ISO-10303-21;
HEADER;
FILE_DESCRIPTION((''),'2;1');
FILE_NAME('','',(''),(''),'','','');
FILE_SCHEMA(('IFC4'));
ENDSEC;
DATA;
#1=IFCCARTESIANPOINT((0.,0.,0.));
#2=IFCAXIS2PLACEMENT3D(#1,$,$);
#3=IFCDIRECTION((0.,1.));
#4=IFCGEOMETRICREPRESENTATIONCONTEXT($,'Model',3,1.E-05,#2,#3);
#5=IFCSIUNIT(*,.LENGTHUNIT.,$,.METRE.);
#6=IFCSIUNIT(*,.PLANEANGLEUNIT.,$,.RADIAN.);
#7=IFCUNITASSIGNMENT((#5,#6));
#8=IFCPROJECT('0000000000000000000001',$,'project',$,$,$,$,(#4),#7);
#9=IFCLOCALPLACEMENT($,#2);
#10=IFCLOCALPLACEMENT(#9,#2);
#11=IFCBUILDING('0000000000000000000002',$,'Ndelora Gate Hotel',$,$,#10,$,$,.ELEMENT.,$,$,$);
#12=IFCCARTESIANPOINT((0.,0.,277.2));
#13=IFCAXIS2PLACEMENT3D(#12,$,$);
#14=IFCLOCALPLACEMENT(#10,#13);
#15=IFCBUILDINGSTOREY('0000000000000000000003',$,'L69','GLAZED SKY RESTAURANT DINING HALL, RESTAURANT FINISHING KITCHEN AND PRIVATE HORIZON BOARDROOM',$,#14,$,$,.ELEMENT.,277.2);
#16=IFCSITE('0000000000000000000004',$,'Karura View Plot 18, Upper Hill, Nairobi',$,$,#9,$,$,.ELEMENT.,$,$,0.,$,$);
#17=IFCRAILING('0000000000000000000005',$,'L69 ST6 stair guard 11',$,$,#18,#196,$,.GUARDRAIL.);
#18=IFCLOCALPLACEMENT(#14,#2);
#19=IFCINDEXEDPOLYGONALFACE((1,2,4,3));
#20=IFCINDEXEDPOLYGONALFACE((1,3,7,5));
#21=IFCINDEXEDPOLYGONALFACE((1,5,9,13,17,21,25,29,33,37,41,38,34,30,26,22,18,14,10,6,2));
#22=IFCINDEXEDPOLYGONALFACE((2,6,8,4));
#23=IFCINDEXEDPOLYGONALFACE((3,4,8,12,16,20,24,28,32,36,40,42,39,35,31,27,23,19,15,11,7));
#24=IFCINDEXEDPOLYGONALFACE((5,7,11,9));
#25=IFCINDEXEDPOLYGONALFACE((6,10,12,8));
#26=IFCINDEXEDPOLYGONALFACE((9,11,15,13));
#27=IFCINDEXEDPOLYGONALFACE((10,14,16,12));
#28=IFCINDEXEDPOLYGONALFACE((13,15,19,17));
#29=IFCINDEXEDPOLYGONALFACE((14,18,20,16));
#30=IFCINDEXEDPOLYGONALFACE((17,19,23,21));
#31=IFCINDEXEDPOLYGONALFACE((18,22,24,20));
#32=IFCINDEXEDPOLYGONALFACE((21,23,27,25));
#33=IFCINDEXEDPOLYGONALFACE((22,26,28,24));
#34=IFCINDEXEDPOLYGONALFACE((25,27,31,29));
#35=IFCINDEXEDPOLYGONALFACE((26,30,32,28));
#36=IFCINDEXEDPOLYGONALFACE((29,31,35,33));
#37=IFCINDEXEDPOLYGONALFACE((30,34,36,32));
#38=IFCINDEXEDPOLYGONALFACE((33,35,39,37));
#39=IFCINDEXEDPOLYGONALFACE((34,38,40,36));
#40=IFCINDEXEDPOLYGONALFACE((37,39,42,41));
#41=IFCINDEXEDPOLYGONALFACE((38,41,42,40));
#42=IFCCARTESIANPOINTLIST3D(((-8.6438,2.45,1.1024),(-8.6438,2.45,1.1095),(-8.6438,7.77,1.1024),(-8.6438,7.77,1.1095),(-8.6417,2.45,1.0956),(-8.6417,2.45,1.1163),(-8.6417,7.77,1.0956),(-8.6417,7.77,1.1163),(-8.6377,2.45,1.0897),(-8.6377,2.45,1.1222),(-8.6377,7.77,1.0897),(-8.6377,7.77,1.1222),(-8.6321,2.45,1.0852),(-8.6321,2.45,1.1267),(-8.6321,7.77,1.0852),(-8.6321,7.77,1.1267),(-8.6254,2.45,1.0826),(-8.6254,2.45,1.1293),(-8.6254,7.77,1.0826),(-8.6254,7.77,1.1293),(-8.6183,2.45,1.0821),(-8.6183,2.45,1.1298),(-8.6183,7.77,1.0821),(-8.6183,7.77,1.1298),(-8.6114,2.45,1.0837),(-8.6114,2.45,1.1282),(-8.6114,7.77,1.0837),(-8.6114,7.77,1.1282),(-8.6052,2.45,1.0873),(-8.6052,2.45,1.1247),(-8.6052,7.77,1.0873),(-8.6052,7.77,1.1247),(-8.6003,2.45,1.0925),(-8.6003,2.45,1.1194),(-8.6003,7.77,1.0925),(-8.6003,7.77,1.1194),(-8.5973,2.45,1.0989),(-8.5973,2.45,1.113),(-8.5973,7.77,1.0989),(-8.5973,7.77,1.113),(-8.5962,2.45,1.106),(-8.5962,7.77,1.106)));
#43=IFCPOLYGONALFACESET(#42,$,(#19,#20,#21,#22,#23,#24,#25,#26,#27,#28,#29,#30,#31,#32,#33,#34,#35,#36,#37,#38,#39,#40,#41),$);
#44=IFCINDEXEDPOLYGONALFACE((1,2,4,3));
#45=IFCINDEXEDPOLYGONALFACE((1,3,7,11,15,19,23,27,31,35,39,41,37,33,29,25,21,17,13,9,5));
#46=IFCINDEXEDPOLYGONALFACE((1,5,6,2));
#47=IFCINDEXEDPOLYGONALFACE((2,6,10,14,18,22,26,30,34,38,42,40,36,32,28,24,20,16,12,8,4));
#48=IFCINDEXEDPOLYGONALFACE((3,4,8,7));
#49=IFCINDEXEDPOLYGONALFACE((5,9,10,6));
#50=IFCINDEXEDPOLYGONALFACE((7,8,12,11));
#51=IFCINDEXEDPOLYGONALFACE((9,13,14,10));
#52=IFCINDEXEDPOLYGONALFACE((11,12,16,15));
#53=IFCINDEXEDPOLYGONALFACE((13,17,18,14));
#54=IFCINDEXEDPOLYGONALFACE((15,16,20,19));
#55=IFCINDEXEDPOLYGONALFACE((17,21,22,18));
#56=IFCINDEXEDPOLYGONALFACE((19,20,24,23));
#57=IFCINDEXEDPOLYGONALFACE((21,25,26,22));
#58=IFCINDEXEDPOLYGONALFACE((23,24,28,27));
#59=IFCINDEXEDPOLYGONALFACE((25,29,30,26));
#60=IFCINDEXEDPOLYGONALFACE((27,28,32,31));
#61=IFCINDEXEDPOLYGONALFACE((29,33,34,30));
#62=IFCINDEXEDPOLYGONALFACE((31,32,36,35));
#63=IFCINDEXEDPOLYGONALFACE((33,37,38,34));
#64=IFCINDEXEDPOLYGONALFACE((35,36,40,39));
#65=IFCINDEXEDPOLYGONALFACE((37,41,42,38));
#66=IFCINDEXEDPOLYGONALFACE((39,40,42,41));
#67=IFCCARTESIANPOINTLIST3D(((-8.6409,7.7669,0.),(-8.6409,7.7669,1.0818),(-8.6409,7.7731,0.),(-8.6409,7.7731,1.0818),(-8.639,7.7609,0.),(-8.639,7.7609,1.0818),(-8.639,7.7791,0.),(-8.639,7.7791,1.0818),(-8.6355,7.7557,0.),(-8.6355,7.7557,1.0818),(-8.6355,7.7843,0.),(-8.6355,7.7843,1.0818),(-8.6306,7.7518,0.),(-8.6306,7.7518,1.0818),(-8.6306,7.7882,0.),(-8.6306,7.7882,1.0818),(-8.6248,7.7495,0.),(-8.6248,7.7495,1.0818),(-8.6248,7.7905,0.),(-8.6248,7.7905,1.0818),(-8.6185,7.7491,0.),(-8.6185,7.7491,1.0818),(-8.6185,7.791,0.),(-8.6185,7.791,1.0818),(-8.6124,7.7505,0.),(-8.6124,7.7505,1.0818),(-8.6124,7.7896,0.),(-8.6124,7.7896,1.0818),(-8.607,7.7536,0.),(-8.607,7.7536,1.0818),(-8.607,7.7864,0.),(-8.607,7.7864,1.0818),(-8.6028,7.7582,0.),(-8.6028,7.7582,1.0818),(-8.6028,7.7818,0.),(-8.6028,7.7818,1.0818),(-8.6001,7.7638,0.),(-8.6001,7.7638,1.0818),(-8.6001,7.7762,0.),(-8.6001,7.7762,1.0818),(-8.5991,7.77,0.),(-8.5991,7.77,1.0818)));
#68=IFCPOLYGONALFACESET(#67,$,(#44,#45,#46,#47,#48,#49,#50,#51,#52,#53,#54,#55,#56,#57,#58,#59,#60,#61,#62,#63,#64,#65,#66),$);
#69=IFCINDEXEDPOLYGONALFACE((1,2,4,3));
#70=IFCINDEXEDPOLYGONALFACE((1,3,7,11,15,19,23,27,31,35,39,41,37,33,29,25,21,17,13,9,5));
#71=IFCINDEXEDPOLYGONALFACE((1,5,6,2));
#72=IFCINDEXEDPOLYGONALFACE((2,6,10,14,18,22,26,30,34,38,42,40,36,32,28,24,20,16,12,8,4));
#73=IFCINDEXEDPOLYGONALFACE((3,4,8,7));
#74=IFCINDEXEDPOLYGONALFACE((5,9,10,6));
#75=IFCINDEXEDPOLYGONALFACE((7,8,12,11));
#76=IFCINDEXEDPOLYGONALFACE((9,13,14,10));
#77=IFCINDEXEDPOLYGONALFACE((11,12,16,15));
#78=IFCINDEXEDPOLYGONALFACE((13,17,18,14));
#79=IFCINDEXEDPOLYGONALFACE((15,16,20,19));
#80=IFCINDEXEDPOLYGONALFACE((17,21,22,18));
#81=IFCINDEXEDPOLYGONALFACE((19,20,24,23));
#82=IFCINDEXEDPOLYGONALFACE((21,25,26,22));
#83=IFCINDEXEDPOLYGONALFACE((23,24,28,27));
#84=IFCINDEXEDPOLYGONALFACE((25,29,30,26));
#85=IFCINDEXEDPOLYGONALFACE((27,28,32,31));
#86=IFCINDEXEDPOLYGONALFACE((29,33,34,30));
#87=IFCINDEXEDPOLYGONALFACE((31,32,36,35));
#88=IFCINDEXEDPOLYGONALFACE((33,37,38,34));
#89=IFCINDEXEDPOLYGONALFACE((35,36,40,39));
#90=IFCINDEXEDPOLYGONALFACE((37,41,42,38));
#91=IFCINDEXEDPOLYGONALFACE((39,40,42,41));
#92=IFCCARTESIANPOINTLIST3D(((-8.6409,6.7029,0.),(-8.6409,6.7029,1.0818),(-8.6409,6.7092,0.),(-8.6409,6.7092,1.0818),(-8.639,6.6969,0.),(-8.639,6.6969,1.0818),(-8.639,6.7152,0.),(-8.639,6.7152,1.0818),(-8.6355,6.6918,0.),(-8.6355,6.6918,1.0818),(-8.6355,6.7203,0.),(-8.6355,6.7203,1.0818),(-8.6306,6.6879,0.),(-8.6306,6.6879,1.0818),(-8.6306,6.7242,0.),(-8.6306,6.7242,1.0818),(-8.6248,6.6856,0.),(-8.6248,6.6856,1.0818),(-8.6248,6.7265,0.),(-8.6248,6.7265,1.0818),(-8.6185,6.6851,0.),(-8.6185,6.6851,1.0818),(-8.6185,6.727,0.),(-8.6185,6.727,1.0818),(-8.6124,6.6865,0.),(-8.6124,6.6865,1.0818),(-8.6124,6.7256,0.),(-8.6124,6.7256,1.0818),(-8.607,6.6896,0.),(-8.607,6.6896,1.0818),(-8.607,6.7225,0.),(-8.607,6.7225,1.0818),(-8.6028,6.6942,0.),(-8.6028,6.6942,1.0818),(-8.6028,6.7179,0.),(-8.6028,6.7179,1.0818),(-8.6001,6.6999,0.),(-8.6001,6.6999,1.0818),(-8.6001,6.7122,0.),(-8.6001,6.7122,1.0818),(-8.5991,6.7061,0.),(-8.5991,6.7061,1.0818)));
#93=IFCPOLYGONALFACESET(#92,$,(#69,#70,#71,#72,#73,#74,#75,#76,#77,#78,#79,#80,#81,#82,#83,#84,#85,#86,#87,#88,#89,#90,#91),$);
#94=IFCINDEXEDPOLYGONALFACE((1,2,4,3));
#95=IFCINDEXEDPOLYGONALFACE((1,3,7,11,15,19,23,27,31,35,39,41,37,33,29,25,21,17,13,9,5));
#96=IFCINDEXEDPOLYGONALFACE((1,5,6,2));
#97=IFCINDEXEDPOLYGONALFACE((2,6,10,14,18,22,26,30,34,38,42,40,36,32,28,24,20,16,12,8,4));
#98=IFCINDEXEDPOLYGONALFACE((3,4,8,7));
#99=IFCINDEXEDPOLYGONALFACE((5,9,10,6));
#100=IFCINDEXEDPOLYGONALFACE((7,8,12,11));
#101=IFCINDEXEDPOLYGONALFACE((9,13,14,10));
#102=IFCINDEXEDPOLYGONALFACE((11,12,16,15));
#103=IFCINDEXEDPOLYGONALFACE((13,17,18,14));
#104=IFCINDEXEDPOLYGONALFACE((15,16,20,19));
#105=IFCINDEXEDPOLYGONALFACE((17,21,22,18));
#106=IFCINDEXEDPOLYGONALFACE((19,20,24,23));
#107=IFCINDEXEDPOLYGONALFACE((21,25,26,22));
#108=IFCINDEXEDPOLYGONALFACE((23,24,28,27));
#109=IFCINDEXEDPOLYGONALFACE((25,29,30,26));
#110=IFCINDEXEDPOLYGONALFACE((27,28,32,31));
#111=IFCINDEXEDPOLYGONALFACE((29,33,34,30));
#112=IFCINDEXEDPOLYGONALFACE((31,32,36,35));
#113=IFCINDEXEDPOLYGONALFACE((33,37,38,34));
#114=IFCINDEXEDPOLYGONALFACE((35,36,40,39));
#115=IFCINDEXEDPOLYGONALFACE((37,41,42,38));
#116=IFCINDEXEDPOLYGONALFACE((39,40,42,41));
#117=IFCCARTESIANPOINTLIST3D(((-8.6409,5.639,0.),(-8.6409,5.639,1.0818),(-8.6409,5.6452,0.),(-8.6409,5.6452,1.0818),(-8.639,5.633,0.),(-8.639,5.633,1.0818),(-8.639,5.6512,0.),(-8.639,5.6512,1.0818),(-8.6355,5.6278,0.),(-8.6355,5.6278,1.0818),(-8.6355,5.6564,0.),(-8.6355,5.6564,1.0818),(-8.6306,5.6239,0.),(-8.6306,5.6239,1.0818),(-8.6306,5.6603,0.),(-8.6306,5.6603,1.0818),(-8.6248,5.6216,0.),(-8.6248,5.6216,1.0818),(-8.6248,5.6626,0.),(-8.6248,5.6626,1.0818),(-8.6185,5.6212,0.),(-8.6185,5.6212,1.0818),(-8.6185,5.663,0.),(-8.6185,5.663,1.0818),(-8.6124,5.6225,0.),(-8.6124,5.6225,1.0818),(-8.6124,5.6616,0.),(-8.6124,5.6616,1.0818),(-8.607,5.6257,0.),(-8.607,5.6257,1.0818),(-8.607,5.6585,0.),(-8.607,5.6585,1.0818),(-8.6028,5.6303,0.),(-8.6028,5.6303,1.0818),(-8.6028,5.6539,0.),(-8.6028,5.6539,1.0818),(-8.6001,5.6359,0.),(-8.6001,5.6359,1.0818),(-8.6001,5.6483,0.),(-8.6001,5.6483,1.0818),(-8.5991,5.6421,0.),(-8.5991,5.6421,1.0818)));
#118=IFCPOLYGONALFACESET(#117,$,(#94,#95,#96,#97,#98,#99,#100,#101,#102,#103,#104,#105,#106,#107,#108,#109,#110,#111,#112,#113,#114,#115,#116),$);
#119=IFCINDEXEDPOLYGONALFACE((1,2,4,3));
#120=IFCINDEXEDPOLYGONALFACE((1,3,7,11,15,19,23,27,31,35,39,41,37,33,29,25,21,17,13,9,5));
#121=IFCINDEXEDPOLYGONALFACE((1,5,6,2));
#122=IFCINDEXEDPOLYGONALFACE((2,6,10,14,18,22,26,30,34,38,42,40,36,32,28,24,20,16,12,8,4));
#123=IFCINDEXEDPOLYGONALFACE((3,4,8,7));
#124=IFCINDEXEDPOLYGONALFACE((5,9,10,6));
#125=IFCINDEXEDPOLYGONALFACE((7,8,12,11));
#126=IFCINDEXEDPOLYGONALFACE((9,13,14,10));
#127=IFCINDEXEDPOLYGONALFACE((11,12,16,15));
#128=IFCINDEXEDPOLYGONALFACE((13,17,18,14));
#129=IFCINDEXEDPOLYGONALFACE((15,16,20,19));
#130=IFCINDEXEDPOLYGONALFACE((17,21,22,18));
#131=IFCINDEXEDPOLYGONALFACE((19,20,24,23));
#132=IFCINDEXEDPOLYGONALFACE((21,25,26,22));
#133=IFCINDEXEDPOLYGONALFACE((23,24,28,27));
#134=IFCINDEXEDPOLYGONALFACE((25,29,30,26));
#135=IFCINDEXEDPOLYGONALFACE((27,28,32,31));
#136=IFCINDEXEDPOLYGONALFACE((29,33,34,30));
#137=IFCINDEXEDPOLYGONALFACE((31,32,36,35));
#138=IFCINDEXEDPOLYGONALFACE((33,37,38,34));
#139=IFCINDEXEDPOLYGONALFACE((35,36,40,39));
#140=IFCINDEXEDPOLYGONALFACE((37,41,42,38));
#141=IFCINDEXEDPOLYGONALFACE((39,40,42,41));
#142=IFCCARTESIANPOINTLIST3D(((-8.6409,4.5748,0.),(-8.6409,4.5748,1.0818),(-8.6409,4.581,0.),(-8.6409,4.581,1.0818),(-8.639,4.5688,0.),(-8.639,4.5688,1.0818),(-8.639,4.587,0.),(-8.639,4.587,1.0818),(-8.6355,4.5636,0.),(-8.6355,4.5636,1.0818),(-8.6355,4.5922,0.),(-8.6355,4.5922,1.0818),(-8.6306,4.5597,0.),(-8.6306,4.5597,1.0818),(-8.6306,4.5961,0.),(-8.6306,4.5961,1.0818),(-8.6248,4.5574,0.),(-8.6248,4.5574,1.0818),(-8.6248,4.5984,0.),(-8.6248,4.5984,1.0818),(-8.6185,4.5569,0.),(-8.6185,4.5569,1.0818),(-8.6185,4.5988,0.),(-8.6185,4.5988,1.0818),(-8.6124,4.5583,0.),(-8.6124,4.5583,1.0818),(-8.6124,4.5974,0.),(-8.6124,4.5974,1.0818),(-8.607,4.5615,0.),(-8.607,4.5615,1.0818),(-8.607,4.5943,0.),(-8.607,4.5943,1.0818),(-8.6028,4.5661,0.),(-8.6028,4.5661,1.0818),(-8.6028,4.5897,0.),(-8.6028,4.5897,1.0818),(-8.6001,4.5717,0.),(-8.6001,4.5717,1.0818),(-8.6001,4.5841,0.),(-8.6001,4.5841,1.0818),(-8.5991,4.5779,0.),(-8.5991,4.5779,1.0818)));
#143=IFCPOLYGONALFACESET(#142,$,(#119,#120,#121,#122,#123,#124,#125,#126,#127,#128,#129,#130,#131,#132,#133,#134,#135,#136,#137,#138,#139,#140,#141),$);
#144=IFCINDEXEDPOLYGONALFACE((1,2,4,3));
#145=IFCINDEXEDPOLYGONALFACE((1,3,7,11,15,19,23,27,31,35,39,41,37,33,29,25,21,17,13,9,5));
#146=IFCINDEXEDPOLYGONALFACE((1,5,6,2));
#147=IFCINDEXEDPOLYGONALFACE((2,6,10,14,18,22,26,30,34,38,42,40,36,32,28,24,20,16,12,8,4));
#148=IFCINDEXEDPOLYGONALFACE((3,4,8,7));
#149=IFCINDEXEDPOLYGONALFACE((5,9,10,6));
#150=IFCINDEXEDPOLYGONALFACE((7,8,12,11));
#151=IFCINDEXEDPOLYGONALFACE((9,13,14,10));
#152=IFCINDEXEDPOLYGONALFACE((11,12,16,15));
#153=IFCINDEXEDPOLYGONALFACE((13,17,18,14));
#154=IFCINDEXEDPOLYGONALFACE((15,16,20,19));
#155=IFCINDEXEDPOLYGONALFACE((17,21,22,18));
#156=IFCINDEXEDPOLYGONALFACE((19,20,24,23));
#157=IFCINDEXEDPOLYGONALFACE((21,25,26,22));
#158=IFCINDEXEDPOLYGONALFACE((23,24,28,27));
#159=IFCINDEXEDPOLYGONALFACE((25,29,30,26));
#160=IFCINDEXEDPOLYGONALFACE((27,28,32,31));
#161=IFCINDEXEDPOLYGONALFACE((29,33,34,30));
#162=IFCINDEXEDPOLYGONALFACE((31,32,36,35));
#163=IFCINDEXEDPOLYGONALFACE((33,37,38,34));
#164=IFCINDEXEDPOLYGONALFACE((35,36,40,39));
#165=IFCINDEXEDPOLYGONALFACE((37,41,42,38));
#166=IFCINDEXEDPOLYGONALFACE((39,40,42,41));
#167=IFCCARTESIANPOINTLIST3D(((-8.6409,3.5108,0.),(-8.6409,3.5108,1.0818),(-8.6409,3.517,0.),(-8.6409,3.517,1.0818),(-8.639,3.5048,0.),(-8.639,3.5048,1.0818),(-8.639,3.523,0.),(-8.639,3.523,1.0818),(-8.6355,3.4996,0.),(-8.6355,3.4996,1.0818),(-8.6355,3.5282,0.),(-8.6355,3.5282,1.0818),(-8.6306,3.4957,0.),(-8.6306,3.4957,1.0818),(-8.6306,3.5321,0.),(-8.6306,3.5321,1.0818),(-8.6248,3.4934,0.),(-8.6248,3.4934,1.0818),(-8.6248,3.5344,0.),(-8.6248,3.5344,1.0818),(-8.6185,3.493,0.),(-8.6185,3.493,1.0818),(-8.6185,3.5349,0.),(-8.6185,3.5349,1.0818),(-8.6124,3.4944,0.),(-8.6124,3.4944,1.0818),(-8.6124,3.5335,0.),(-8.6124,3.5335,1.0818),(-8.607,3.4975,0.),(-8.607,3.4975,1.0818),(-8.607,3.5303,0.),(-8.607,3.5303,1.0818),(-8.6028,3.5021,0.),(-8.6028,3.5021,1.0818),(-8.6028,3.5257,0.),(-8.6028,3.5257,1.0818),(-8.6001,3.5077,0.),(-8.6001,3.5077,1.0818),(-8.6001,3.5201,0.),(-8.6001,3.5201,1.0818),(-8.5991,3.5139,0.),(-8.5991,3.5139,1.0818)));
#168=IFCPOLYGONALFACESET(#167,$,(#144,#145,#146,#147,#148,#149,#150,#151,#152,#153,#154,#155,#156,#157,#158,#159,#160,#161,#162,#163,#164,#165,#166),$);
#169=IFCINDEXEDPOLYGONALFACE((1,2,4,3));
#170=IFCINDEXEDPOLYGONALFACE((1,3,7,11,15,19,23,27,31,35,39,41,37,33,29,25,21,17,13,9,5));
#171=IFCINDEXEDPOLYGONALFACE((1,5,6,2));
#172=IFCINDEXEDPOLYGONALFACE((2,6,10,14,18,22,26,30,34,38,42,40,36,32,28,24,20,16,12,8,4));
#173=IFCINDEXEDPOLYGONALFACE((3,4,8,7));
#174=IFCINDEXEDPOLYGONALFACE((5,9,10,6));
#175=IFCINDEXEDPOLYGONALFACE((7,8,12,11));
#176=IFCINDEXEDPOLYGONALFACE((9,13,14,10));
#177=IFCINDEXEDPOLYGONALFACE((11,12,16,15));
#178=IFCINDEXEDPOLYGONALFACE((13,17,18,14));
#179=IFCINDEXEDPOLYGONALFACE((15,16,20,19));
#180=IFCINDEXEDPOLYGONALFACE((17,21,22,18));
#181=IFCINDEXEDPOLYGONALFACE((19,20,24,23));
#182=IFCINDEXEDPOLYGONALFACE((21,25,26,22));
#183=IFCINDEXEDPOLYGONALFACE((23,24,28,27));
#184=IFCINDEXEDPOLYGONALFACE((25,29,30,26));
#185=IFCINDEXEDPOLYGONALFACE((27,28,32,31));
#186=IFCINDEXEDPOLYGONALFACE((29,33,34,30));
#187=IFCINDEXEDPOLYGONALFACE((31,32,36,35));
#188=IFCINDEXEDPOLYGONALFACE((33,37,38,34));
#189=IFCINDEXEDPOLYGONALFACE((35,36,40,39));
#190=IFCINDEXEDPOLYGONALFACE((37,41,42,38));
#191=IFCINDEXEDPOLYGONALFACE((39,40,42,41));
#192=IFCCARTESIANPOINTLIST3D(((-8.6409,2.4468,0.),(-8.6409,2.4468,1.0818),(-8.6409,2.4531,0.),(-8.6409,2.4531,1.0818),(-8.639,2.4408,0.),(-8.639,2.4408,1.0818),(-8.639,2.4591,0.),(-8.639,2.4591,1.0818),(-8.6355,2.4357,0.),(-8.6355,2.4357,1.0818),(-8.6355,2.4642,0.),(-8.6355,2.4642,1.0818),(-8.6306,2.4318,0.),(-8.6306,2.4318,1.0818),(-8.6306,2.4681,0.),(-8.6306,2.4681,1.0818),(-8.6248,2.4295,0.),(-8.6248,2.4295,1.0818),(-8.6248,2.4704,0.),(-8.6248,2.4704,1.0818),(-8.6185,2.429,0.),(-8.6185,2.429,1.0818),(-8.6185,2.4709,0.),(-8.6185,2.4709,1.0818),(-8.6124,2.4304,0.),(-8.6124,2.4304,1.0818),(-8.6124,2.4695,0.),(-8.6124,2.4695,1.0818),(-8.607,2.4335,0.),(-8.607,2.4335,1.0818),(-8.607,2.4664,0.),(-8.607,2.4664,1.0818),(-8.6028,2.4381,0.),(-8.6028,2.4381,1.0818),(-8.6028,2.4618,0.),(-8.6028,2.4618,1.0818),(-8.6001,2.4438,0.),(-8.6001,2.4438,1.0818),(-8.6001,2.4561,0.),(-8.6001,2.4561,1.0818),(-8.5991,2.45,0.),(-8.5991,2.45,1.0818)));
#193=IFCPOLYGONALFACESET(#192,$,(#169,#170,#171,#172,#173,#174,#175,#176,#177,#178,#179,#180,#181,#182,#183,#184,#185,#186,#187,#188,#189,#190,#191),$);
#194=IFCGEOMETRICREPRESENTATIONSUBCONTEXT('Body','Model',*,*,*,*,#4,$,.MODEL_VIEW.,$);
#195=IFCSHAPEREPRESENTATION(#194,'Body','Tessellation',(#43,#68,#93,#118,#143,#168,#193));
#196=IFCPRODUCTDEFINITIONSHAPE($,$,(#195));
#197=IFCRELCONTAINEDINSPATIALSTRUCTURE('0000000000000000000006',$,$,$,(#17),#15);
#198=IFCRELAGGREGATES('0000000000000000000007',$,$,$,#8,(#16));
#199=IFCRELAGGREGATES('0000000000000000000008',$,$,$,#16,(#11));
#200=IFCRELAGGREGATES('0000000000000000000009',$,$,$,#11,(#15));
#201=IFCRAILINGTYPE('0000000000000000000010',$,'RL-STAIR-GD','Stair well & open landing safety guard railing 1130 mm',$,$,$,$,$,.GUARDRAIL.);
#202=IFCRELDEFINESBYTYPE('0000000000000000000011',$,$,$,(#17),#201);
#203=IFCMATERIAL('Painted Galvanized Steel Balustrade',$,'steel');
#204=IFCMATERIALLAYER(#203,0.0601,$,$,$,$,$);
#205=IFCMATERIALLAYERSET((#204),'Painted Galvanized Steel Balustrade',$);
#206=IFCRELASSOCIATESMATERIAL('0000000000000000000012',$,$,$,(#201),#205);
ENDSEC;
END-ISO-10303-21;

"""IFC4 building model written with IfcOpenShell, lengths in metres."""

from ifc_helpers import new_model, si_unit, direction, frame, origin, origin_2d, place, context, subcontext, project, spatial, circle, extrude, material, layer, layer_set, type_object, element, save


model = new_model("IFC4")

# Units and contexts
model_context = context("Model", 3, precision=1e-05, world=origin(), true_north=direction((0.0, 1.0)))
body_context = subcontext(model_context, "Body", "Model", "MODEL_VIEW")
ifc_project = project(units=[si_unit("LENGTHUNIT", "METRE"), si_unit("PLANEANGLEUNIT", "RADIAN")], contexts=[model_context])

# Site, building, storey
site_placement = place(None, origin())
site = spatial("IfcSite", under=ifc_project, at=site_placement, Name="Karura View Plot 18, Upper Hill, Nairobi", CompositionType="ELEMENT", RefElevation=0.0)
building_placement = place(site_placement, origin())
building = spatial("IfcBuilding", under=site, at=building_placement, Name="Ndelora Gate Hotel", CompositionType="ELEMENT")
storey_placement = place(building_placement, frame((0.0, 0.0, 277.2)))
storey = spatial("IfcBuildingStorey", under=building, at=storey_placement, Name="L69", Description="GLAZED SKY RESTAURANT DINING HALL, RESTAURANT FINISHING KITCHEN AND PRIVATE HORIZON BOARDROOM", CompositionType="ELEMENT", Elevation=277.2)

# Railing
ifc_material_1 = material(Name="Painted Galvanized Steel Balustrade", Category="steel")
ifc_layer_1 = layer(ifc_material_1, 0.0601)
ifc_layer_set_1 = layer_set([ifc_layer_1], Name="Painted Galvanized Steel Balustrade")
railing_type = type_object("IfcRailingType", Name="RL-STAIR-GD", Description="Stair well & open landing safety guard railing 1130 mm", PredefinedType="GUARDRAIL", material=ifc_layer_set_1)
railing_1_placement = place(storey_placement, frame((-8.6201, 7.77, 0.0)))
element("IfcRailing", 1, at=railing_1_placement, inside=storey, type_object=railing_type, Name="L69 ST6 stair guard 11", PredefinedType="GUARDRAIL", context=body_context, shape_type="SweptSolid", body=[
    extrude(circle(Radius=0.0239, at=origin_2d()), frame((0.0, 0.0, 1.106), z_axis=(0.0, -1.0, 0.0), x_axis=(1.0, 0.0, 0.0)), (0.0, 0.0, 1.0), 5.3201),
    extrude(circle(Radius=0.021, at=origin_2d()), origin(), (0.0, 0.0, 1.0), 1.0818),
    extrude(circle(Radius=0.021, at=origin_2d()), frame((0.0, -1.064, 0.0)), (0.0, 0.0, 1.0), 1.0818),
    extrude(circle(Radius=0.021, at=origin_2d()), frame((0.0, -2.1279, 0.0)), (0.0, 0.0, 1.0), 1.0818),
    extrude(circle(Radius=0.021, at=origin_2d()), frame((0.0, -3.1921, 0.0)), (0.0, 0.0, 1.0), 1.0818),
    extrude(circle(Radius=0.021, at=origin_2d()), frame((0.0, -4.2561, 0.0)), (0.0, 0.0, 1.0), 1.0818),
    extrude(circle(Radius=0.021, at=origin_2d()), frame((0.0, -5.3201, 0.0)), (0.0, 0.0, 1.0), 1.0818),
])

save(model, "model.ifc")
